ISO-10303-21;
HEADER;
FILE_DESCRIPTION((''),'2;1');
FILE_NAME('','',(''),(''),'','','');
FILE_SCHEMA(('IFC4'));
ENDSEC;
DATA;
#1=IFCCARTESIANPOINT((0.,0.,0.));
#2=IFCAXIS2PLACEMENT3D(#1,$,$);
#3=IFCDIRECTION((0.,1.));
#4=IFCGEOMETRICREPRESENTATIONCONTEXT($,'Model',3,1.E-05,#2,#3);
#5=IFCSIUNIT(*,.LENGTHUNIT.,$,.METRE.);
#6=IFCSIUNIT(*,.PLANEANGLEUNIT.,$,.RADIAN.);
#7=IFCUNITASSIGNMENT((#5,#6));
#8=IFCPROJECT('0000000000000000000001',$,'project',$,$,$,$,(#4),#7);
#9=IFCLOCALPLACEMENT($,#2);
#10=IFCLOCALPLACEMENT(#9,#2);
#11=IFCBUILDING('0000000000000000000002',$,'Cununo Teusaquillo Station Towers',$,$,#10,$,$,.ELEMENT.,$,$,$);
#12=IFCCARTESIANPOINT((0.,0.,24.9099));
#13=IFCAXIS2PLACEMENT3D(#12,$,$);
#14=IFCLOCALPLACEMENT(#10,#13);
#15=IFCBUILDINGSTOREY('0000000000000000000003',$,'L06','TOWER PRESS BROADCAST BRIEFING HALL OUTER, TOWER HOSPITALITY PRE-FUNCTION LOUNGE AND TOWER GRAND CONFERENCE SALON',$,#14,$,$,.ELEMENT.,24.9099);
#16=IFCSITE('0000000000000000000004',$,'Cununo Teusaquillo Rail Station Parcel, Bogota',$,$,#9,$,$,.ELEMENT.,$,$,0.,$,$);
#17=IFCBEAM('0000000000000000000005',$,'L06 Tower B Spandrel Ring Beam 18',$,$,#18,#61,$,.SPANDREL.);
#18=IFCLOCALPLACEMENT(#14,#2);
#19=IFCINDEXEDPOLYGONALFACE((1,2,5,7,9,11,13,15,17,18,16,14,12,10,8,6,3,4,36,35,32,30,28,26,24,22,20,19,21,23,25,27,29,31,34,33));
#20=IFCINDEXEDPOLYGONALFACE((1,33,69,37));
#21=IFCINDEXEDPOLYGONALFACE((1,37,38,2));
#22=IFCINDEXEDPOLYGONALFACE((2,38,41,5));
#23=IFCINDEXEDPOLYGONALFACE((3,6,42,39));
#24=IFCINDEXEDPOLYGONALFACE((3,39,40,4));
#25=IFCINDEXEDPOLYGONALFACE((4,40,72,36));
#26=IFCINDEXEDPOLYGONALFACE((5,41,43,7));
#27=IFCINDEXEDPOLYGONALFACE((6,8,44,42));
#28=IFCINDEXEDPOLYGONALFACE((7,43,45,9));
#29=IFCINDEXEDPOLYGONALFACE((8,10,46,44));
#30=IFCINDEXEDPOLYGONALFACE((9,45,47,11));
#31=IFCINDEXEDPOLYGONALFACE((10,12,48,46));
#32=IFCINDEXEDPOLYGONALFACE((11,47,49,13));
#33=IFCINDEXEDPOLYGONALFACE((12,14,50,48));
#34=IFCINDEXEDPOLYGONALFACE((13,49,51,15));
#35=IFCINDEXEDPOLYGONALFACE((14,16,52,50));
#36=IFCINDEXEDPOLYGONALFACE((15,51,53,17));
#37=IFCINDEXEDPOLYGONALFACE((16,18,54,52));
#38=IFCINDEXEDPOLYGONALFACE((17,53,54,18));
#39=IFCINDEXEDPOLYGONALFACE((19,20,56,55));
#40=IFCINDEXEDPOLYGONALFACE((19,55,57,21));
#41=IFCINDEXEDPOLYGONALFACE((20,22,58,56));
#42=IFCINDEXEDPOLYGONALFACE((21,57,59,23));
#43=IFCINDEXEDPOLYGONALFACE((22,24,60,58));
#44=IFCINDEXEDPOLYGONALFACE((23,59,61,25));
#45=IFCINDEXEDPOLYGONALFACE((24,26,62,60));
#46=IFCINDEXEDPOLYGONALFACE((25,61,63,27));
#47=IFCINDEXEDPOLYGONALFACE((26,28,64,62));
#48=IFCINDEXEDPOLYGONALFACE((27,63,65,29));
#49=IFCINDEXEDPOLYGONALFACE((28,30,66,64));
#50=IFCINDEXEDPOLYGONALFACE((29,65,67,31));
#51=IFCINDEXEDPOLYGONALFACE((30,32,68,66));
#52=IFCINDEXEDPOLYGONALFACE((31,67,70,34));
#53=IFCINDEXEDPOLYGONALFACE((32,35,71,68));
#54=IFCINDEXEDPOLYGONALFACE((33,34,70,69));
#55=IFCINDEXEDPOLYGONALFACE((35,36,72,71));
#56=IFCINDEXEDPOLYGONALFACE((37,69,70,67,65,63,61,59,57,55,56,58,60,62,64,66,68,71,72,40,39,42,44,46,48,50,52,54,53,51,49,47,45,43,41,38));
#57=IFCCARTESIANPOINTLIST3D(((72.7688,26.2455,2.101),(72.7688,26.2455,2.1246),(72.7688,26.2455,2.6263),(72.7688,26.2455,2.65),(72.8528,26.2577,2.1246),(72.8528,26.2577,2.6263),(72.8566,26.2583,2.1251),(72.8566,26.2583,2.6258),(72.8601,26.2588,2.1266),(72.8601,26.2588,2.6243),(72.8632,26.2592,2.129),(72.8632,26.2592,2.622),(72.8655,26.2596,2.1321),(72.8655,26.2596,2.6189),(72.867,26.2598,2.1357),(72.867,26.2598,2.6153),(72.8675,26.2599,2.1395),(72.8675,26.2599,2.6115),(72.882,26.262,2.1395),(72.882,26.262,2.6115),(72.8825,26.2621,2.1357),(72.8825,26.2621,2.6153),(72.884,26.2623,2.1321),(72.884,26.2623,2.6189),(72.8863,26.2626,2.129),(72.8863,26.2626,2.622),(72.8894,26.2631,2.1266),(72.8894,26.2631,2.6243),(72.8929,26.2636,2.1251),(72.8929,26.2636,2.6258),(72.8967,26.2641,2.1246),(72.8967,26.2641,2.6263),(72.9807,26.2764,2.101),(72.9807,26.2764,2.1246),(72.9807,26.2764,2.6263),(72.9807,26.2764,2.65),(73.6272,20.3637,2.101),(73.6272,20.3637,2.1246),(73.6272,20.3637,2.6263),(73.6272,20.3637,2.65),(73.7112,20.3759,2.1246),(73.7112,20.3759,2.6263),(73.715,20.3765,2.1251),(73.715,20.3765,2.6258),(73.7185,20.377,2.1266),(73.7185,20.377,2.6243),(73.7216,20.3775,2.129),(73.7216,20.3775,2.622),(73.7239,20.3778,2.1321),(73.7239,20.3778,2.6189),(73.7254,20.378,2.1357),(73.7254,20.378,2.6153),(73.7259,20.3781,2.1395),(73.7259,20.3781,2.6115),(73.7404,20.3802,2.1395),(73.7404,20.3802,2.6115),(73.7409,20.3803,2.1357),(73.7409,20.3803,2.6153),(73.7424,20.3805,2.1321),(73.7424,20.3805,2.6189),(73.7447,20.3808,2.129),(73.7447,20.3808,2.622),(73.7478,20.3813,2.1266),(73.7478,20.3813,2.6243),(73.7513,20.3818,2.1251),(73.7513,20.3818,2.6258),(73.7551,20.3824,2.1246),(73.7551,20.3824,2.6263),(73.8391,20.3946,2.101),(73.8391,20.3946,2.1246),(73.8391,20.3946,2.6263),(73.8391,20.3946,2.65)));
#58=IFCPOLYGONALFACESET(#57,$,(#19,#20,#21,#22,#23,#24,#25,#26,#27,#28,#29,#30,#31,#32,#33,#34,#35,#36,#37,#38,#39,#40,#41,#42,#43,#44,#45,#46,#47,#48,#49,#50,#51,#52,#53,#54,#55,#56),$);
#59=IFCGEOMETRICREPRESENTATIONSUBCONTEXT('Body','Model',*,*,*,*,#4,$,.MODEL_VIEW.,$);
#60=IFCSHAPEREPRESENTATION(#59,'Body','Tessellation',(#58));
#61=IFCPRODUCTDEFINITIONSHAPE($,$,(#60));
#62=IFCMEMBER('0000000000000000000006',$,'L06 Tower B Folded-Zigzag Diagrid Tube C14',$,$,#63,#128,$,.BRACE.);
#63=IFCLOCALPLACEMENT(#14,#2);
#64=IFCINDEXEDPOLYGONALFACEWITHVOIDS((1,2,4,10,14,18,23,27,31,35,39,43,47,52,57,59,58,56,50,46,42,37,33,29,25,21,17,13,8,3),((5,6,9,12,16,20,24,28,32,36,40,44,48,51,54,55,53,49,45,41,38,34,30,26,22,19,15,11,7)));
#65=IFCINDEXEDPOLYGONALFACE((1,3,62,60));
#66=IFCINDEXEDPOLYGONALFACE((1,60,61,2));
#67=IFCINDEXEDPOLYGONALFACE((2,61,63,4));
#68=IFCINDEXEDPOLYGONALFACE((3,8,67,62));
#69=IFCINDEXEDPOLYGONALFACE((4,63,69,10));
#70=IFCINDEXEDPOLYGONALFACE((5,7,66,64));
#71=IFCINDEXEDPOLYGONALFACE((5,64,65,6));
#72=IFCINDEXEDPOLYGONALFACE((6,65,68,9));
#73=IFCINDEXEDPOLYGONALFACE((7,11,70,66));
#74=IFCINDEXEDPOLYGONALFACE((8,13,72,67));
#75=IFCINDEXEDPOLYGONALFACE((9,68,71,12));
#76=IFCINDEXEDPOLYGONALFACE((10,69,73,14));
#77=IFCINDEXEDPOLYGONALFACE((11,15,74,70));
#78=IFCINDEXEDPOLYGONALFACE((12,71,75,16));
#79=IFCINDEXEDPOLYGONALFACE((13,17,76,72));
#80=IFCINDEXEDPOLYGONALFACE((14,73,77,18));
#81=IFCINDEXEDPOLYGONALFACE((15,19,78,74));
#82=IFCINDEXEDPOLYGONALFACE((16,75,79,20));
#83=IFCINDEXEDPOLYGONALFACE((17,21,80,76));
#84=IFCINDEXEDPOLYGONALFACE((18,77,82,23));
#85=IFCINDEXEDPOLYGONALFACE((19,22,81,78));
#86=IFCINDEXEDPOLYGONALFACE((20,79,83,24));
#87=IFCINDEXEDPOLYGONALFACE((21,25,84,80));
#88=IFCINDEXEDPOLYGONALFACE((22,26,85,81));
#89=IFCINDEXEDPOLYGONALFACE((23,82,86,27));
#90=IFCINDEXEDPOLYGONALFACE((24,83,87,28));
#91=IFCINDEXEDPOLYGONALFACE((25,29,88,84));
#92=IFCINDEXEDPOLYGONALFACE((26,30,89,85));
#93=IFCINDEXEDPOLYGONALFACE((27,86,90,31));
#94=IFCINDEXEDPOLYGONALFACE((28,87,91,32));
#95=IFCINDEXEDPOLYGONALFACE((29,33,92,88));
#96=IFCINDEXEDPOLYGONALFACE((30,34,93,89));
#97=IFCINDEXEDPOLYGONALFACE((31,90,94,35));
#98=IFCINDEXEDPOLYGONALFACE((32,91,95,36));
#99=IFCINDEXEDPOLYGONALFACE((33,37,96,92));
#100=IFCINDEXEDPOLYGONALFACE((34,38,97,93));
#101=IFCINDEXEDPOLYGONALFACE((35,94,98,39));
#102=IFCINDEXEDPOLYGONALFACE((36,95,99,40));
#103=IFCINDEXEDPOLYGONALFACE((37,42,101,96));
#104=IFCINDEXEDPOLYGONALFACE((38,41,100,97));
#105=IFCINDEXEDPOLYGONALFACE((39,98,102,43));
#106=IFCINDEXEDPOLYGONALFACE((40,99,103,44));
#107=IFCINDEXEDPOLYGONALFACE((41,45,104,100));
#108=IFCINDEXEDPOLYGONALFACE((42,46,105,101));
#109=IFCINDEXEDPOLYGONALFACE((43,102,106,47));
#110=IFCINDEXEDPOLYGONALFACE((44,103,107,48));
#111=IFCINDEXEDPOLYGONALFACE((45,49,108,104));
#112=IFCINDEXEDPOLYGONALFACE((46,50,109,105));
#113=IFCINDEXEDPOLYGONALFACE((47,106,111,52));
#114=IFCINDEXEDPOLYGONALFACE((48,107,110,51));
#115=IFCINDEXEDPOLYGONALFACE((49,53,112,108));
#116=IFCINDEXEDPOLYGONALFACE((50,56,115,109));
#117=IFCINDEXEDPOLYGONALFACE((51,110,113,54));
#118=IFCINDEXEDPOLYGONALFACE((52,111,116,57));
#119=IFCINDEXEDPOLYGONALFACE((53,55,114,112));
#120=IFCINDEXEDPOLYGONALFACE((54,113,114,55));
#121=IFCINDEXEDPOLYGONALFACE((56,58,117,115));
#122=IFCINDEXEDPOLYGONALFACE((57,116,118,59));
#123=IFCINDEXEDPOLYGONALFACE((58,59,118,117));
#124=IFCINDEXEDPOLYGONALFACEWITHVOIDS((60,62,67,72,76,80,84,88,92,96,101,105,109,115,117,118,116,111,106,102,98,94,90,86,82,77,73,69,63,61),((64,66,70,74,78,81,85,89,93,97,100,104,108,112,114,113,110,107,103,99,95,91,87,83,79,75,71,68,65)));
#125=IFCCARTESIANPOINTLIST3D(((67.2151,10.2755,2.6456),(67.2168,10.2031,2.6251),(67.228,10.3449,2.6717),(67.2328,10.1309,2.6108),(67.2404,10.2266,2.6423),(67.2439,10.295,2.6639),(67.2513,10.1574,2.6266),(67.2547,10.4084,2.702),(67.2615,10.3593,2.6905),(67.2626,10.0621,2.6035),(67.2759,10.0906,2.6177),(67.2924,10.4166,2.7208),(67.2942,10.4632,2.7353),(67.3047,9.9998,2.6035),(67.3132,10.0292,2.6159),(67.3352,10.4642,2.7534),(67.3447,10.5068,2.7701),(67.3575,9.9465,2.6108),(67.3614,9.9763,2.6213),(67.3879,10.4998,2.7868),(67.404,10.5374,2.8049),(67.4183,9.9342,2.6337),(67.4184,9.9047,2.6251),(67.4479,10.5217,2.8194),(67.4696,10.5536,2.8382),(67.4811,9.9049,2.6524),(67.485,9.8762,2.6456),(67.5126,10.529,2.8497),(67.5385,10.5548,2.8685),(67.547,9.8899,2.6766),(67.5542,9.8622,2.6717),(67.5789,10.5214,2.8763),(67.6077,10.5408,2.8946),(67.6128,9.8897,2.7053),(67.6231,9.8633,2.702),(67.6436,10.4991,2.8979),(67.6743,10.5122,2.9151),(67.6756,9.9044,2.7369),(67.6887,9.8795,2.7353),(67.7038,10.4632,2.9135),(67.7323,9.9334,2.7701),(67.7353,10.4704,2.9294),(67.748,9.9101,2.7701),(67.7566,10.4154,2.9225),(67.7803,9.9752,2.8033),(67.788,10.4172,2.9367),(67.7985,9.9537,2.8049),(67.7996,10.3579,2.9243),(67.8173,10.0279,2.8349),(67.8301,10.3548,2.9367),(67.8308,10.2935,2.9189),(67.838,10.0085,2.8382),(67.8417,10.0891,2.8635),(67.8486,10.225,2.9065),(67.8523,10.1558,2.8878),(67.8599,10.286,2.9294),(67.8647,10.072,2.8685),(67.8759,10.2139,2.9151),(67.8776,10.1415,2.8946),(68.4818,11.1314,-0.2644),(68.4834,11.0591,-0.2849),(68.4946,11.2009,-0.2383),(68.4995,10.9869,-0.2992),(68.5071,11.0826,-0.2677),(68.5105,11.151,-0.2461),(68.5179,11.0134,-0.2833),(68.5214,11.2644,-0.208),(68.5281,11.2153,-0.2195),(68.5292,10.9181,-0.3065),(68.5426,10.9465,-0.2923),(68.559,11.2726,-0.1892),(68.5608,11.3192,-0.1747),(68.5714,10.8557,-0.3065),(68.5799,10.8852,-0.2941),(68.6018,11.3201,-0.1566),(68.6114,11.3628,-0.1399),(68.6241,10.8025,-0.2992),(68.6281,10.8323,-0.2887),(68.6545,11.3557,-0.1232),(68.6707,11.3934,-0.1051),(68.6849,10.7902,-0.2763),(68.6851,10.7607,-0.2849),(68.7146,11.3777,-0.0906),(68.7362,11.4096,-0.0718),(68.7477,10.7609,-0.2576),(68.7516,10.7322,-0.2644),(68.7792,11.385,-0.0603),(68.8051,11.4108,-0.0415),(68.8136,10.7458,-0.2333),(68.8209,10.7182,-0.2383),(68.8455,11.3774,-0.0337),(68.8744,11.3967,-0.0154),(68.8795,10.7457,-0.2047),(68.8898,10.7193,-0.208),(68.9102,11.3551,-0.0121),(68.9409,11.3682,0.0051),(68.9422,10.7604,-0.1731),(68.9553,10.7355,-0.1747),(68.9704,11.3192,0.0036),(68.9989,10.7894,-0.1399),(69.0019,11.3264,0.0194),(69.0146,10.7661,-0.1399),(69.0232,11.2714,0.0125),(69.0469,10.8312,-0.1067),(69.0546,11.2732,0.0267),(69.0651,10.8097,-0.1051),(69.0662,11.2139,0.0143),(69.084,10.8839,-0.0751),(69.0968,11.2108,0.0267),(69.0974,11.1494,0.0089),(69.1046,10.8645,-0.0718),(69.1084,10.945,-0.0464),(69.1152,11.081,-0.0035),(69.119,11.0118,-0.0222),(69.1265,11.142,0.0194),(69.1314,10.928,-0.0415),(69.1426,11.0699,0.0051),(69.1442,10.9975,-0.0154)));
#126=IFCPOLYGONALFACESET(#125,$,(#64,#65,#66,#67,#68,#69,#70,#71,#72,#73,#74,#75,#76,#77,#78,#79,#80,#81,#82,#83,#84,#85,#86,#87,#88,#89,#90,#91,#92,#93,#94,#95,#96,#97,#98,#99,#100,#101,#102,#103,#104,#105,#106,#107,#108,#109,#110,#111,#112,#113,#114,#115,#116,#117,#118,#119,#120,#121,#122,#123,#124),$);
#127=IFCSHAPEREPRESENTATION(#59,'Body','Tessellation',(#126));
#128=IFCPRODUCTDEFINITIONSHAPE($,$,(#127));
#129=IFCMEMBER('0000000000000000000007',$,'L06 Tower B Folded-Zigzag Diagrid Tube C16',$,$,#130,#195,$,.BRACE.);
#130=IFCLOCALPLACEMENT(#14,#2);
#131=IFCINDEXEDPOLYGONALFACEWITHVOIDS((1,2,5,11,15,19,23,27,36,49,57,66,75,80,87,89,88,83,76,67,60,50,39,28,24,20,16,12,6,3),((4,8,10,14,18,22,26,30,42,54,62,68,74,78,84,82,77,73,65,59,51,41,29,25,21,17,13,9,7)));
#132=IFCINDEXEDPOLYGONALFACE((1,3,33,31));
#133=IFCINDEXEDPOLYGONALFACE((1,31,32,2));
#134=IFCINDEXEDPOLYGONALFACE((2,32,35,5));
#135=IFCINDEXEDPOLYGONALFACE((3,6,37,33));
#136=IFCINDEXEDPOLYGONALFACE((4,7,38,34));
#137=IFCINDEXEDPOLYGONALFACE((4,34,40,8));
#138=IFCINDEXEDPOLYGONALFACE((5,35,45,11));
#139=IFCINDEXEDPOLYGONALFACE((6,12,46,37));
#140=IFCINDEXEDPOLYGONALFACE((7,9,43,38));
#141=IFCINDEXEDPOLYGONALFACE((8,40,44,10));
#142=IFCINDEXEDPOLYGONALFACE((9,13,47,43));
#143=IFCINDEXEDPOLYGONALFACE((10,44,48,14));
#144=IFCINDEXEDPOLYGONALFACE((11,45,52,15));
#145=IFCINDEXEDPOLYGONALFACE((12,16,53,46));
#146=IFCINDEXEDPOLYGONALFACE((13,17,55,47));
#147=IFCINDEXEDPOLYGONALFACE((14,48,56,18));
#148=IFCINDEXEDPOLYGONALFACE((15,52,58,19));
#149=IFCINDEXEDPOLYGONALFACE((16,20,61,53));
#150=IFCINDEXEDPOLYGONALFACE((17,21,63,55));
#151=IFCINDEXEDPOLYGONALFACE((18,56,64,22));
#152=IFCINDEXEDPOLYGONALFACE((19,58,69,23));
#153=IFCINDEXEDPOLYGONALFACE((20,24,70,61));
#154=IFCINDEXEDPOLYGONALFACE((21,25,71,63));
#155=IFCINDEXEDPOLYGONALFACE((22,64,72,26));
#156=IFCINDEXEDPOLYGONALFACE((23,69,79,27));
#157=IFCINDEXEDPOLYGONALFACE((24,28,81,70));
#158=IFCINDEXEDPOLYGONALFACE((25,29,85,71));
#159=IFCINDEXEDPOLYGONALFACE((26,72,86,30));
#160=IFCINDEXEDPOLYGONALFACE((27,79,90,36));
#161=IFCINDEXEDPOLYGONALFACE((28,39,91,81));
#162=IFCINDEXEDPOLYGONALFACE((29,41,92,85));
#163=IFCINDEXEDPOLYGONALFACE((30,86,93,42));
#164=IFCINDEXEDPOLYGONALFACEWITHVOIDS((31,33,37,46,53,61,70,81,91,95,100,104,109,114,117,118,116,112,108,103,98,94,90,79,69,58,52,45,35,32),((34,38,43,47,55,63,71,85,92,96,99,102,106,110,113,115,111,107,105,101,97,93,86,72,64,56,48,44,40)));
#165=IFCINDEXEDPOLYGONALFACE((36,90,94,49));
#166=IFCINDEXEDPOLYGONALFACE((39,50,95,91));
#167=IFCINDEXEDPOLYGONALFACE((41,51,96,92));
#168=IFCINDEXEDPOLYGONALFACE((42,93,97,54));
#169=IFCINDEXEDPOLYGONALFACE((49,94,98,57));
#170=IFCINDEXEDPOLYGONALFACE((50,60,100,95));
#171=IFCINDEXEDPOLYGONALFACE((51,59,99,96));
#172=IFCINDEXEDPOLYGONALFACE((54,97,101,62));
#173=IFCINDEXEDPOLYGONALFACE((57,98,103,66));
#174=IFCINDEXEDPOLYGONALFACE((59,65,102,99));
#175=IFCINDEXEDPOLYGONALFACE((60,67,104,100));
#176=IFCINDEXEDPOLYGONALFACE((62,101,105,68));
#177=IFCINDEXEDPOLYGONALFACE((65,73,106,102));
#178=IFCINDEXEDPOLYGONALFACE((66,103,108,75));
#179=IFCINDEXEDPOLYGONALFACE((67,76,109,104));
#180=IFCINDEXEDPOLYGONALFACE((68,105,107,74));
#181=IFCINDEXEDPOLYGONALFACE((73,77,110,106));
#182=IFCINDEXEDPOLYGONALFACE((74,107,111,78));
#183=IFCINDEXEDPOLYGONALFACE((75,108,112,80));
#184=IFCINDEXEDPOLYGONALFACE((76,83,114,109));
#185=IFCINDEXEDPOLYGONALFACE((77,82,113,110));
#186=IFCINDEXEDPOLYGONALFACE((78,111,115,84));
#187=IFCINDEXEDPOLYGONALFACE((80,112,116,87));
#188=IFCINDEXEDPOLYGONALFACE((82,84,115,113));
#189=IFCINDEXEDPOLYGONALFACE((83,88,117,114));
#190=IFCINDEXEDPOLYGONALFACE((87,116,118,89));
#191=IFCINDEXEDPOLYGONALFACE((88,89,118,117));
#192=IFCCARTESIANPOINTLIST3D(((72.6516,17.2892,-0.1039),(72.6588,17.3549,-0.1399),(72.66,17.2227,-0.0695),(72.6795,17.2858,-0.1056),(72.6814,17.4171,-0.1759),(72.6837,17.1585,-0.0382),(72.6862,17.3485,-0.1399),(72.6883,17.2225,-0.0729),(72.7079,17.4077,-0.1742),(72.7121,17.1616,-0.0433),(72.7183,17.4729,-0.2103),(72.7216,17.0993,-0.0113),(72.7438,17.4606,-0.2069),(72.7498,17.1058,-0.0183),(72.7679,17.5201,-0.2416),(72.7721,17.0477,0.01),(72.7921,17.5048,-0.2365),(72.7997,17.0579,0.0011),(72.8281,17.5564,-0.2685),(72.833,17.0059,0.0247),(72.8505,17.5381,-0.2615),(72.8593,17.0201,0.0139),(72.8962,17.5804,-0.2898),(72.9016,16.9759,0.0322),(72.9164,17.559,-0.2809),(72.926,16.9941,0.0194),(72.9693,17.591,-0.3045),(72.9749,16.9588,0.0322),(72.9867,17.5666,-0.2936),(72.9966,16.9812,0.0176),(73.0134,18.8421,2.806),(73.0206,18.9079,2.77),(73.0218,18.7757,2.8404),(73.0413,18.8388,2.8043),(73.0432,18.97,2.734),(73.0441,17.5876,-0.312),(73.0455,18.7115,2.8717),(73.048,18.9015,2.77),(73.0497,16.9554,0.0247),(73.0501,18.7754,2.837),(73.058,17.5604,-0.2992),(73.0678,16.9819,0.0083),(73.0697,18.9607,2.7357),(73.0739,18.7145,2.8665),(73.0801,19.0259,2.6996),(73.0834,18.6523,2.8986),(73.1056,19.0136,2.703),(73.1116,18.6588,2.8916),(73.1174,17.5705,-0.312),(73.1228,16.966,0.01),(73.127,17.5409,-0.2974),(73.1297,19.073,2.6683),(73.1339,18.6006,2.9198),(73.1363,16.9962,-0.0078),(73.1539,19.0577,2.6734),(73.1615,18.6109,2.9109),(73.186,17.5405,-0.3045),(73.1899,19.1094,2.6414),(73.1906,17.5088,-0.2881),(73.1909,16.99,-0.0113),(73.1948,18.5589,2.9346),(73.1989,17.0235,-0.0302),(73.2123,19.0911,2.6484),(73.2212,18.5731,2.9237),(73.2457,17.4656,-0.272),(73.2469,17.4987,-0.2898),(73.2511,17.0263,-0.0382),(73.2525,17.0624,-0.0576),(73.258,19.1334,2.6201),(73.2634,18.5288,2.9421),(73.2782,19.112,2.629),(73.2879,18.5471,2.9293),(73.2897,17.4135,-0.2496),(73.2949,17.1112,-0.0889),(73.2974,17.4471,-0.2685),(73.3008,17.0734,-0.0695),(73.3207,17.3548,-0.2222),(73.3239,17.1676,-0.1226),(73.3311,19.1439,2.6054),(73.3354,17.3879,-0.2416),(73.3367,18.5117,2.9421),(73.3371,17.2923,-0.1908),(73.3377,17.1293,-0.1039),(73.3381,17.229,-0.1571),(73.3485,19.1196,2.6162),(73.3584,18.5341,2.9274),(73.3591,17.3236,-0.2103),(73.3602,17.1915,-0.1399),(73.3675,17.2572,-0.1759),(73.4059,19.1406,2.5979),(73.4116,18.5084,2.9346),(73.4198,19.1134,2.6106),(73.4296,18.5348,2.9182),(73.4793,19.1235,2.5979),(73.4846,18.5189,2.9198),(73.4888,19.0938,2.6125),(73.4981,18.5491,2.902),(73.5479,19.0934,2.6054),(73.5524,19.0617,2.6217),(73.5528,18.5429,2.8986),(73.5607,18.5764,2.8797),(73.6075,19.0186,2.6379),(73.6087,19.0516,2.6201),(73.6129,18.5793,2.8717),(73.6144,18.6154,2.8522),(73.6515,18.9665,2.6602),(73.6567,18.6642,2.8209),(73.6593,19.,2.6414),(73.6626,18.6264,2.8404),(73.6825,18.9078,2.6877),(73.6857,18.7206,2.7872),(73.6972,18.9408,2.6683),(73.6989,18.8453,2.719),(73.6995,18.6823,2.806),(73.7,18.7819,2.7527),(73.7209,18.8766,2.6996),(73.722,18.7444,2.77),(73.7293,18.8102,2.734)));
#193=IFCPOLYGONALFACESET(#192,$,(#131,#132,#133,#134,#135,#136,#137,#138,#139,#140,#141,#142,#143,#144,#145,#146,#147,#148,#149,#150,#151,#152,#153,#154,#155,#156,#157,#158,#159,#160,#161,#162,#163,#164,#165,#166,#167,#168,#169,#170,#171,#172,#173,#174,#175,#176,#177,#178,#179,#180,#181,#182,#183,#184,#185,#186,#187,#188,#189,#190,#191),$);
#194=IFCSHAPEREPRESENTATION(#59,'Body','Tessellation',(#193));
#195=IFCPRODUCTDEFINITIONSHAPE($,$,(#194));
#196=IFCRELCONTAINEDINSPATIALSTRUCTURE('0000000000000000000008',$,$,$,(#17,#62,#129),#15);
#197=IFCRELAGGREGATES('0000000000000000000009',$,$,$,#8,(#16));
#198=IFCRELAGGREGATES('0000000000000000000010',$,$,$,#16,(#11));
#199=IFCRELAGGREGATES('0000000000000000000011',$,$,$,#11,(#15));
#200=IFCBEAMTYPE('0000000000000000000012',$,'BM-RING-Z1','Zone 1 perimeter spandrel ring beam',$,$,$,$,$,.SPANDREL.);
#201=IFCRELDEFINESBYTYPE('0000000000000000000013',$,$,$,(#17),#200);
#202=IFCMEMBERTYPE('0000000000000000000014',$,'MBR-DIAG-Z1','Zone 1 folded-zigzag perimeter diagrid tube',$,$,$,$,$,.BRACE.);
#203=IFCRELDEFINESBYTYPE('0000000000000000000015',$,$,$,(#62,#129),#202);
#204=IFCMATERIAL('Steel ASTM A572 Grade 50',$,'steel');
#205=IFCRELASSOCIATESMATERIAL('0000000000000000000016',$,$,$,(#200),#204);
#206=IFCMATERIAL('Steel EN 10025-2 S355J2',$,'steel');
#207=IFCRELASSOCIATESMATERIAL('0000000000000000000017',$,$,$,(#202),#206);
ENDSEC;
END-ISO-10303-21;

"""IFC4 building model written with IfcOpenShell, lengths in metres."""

from ifc_helpers import new_model, si_unit, direction, frame, origin, origin_2d, place, context, subcontext, project, spatial, hollow_circle, i_section, extrude, material, material_profile, profile_set, type_object, element, save


model = new_model("IFC4")

# Units and contexts
model_context = context("Model", 3, precision=1e-05, world=origin(), true_north=direction((0.0, 1.0)))
body_context = subcontext(model_context, "Body", "Model", "MODEL_VIEW")
ifc_project = project(units=[si_unit("LENGTHUNIT", "METRE"), si_unit("PLANEANGLEUNIT", "RADIAN")], contexts=[model_context])

# Site, building, storey
site_placement = place(None, origin())
site = spatial("IfcSite", under=ifc_project, at=site_placement, Name="Cununo Teusaquillo Rail Station Parcel, Bogota", CompositionType="ELEMENT", RefElevation=0.0)
building_placement = place(site_placement, origin())
building = spatial("IfcBuilding", under=site, at=building_placement, Name="Cununo Teusaquillo Station Towers", CompositionType="ELEMENT")
storey_placement = place(building_placement, frame((0.0, 0.0, 24.9099)))
storey = spatial("IfcBuildingStorey", under=building, at=storey_placement, Name="L06", Description="TOWER PRESS BROADCAST BRIEFING HALL OUTER, TOWER HOSPITALITY PRE-FUNCTION LOUNGE AND TOWER GRAND CONFERENCE SALON", CompositionType="ELEMENT", Elevation=24.9099)

# Beam
ifc_material_1 = material(Name="Steel ASTM A572 Grade 50", Category="steel")
ifc_material_profile_1 = material_profile(ifc_material_1, i_section(OverallWidth=0.2141, OverallDepth=0.5491, WebThickness=0.0146, FlangeThickness=0.0237, FilletRadius=0.0149, at=origin_2d()), Name="W21X93")
ifc_profile_set_1 = profile_set([ifc_material_profile_1], Name="Steel ASTM A572 Grade 50")
beam_type_1 = type_object("IfcBeamType", Name="BM-RING-Z1", Description="Zone 1 perimeter spandrel ring beam", PredefinedType="SPANDREL", material=ifc_profile_set_1)
beam_1_placement = place(storey_placement, frame((73.7332, 20.3792, 2.3755), z_axis=(-0.144411, 0.989518, 0.0), x_axis=(-0.989518, -0.144411, 0.0)))
element("IfcBeam", 1, at=beam_1_placement, inside=storey, type_object=beam_type_1, Name="L06 Tower B Spandrel Ring Beam 18", PredefinedType="SPANDREL", context=body_context, shape_type="SweptSolid", body=[
    extrude(i_section(OverallWidth=0.2141, OverallDepth=0.5491, WebThickness=0.0146, FlangeThickness=0.0237, FilletRadius=0.0149, at=origin_2d()), origin(), (0.0, 0.0, 1.0), 5.9441),
])

# Members
ifc_material_2 = material(Name="Steel EN 10025-2 S355J2", Category="steel")
ifc_material_profile_2 = material_profile(ifc_material_2, hollow_circle(Radius=0.3601, WallThickness=0.0281, at=origin_2d()), Name="CHS 720x28")
ifc_profile_set_2 = profile_set([ifc_material_profile_2], Name="Steel EN 10025-2 S355J2")
member_type = type_object("IfcMemberType", Name="MBR-DIAG-Z1", Description="Zone 1 folded-zigzag perimeter diagrid tube", PredefinedType="BRACE", material=ifc_profile_set_2)
member_1_placement = place(storey_placement, frame((68.813, 11.0645, -0.1399), z_axis=(-0.385334, -0.260405, 0.885272), x_axis=(0.559923, -0.828545, 0.0)))
element("IfcMember", 2, at=member_1_placement, inside=storey, type_object=member_type, Name="L06 Tower B Folded-Zigzag Diagrid Tube C14", PredefinedType="BRACE", context=body_context, shape_type="SweptSolid", body=[
    extrude(hollow_circle(Radius=0.3601, WallThickness=0.0281, at=origin_2d()), origin(), (0.0, 0.0, 1.0), 3.2871),
])
member_2_placement = place(storey_placement, frame((73.0095, 17.2732, -0.1399), z_axis=(0.109041, 0.468023, 0.876963), x_axis=(-0.973917, 0.226905, 0.0)))
element("IfcMember", 3, at=member_2_placement, inside=storey, type_object=member_type, Name="L06 Tower B Folded-Zigzag Diagrid Tube C16", PredefinedType="BRACE", context=body_context, shape_type="SweptSolid", body=[
    extrude(hollow_circle(Radius=0.3601, WallThickness=0.0281, at=origin_2d()), origin(), (0.0, 0.0, 1.0), 3.3181),
])

save(model, "model.ifc")
